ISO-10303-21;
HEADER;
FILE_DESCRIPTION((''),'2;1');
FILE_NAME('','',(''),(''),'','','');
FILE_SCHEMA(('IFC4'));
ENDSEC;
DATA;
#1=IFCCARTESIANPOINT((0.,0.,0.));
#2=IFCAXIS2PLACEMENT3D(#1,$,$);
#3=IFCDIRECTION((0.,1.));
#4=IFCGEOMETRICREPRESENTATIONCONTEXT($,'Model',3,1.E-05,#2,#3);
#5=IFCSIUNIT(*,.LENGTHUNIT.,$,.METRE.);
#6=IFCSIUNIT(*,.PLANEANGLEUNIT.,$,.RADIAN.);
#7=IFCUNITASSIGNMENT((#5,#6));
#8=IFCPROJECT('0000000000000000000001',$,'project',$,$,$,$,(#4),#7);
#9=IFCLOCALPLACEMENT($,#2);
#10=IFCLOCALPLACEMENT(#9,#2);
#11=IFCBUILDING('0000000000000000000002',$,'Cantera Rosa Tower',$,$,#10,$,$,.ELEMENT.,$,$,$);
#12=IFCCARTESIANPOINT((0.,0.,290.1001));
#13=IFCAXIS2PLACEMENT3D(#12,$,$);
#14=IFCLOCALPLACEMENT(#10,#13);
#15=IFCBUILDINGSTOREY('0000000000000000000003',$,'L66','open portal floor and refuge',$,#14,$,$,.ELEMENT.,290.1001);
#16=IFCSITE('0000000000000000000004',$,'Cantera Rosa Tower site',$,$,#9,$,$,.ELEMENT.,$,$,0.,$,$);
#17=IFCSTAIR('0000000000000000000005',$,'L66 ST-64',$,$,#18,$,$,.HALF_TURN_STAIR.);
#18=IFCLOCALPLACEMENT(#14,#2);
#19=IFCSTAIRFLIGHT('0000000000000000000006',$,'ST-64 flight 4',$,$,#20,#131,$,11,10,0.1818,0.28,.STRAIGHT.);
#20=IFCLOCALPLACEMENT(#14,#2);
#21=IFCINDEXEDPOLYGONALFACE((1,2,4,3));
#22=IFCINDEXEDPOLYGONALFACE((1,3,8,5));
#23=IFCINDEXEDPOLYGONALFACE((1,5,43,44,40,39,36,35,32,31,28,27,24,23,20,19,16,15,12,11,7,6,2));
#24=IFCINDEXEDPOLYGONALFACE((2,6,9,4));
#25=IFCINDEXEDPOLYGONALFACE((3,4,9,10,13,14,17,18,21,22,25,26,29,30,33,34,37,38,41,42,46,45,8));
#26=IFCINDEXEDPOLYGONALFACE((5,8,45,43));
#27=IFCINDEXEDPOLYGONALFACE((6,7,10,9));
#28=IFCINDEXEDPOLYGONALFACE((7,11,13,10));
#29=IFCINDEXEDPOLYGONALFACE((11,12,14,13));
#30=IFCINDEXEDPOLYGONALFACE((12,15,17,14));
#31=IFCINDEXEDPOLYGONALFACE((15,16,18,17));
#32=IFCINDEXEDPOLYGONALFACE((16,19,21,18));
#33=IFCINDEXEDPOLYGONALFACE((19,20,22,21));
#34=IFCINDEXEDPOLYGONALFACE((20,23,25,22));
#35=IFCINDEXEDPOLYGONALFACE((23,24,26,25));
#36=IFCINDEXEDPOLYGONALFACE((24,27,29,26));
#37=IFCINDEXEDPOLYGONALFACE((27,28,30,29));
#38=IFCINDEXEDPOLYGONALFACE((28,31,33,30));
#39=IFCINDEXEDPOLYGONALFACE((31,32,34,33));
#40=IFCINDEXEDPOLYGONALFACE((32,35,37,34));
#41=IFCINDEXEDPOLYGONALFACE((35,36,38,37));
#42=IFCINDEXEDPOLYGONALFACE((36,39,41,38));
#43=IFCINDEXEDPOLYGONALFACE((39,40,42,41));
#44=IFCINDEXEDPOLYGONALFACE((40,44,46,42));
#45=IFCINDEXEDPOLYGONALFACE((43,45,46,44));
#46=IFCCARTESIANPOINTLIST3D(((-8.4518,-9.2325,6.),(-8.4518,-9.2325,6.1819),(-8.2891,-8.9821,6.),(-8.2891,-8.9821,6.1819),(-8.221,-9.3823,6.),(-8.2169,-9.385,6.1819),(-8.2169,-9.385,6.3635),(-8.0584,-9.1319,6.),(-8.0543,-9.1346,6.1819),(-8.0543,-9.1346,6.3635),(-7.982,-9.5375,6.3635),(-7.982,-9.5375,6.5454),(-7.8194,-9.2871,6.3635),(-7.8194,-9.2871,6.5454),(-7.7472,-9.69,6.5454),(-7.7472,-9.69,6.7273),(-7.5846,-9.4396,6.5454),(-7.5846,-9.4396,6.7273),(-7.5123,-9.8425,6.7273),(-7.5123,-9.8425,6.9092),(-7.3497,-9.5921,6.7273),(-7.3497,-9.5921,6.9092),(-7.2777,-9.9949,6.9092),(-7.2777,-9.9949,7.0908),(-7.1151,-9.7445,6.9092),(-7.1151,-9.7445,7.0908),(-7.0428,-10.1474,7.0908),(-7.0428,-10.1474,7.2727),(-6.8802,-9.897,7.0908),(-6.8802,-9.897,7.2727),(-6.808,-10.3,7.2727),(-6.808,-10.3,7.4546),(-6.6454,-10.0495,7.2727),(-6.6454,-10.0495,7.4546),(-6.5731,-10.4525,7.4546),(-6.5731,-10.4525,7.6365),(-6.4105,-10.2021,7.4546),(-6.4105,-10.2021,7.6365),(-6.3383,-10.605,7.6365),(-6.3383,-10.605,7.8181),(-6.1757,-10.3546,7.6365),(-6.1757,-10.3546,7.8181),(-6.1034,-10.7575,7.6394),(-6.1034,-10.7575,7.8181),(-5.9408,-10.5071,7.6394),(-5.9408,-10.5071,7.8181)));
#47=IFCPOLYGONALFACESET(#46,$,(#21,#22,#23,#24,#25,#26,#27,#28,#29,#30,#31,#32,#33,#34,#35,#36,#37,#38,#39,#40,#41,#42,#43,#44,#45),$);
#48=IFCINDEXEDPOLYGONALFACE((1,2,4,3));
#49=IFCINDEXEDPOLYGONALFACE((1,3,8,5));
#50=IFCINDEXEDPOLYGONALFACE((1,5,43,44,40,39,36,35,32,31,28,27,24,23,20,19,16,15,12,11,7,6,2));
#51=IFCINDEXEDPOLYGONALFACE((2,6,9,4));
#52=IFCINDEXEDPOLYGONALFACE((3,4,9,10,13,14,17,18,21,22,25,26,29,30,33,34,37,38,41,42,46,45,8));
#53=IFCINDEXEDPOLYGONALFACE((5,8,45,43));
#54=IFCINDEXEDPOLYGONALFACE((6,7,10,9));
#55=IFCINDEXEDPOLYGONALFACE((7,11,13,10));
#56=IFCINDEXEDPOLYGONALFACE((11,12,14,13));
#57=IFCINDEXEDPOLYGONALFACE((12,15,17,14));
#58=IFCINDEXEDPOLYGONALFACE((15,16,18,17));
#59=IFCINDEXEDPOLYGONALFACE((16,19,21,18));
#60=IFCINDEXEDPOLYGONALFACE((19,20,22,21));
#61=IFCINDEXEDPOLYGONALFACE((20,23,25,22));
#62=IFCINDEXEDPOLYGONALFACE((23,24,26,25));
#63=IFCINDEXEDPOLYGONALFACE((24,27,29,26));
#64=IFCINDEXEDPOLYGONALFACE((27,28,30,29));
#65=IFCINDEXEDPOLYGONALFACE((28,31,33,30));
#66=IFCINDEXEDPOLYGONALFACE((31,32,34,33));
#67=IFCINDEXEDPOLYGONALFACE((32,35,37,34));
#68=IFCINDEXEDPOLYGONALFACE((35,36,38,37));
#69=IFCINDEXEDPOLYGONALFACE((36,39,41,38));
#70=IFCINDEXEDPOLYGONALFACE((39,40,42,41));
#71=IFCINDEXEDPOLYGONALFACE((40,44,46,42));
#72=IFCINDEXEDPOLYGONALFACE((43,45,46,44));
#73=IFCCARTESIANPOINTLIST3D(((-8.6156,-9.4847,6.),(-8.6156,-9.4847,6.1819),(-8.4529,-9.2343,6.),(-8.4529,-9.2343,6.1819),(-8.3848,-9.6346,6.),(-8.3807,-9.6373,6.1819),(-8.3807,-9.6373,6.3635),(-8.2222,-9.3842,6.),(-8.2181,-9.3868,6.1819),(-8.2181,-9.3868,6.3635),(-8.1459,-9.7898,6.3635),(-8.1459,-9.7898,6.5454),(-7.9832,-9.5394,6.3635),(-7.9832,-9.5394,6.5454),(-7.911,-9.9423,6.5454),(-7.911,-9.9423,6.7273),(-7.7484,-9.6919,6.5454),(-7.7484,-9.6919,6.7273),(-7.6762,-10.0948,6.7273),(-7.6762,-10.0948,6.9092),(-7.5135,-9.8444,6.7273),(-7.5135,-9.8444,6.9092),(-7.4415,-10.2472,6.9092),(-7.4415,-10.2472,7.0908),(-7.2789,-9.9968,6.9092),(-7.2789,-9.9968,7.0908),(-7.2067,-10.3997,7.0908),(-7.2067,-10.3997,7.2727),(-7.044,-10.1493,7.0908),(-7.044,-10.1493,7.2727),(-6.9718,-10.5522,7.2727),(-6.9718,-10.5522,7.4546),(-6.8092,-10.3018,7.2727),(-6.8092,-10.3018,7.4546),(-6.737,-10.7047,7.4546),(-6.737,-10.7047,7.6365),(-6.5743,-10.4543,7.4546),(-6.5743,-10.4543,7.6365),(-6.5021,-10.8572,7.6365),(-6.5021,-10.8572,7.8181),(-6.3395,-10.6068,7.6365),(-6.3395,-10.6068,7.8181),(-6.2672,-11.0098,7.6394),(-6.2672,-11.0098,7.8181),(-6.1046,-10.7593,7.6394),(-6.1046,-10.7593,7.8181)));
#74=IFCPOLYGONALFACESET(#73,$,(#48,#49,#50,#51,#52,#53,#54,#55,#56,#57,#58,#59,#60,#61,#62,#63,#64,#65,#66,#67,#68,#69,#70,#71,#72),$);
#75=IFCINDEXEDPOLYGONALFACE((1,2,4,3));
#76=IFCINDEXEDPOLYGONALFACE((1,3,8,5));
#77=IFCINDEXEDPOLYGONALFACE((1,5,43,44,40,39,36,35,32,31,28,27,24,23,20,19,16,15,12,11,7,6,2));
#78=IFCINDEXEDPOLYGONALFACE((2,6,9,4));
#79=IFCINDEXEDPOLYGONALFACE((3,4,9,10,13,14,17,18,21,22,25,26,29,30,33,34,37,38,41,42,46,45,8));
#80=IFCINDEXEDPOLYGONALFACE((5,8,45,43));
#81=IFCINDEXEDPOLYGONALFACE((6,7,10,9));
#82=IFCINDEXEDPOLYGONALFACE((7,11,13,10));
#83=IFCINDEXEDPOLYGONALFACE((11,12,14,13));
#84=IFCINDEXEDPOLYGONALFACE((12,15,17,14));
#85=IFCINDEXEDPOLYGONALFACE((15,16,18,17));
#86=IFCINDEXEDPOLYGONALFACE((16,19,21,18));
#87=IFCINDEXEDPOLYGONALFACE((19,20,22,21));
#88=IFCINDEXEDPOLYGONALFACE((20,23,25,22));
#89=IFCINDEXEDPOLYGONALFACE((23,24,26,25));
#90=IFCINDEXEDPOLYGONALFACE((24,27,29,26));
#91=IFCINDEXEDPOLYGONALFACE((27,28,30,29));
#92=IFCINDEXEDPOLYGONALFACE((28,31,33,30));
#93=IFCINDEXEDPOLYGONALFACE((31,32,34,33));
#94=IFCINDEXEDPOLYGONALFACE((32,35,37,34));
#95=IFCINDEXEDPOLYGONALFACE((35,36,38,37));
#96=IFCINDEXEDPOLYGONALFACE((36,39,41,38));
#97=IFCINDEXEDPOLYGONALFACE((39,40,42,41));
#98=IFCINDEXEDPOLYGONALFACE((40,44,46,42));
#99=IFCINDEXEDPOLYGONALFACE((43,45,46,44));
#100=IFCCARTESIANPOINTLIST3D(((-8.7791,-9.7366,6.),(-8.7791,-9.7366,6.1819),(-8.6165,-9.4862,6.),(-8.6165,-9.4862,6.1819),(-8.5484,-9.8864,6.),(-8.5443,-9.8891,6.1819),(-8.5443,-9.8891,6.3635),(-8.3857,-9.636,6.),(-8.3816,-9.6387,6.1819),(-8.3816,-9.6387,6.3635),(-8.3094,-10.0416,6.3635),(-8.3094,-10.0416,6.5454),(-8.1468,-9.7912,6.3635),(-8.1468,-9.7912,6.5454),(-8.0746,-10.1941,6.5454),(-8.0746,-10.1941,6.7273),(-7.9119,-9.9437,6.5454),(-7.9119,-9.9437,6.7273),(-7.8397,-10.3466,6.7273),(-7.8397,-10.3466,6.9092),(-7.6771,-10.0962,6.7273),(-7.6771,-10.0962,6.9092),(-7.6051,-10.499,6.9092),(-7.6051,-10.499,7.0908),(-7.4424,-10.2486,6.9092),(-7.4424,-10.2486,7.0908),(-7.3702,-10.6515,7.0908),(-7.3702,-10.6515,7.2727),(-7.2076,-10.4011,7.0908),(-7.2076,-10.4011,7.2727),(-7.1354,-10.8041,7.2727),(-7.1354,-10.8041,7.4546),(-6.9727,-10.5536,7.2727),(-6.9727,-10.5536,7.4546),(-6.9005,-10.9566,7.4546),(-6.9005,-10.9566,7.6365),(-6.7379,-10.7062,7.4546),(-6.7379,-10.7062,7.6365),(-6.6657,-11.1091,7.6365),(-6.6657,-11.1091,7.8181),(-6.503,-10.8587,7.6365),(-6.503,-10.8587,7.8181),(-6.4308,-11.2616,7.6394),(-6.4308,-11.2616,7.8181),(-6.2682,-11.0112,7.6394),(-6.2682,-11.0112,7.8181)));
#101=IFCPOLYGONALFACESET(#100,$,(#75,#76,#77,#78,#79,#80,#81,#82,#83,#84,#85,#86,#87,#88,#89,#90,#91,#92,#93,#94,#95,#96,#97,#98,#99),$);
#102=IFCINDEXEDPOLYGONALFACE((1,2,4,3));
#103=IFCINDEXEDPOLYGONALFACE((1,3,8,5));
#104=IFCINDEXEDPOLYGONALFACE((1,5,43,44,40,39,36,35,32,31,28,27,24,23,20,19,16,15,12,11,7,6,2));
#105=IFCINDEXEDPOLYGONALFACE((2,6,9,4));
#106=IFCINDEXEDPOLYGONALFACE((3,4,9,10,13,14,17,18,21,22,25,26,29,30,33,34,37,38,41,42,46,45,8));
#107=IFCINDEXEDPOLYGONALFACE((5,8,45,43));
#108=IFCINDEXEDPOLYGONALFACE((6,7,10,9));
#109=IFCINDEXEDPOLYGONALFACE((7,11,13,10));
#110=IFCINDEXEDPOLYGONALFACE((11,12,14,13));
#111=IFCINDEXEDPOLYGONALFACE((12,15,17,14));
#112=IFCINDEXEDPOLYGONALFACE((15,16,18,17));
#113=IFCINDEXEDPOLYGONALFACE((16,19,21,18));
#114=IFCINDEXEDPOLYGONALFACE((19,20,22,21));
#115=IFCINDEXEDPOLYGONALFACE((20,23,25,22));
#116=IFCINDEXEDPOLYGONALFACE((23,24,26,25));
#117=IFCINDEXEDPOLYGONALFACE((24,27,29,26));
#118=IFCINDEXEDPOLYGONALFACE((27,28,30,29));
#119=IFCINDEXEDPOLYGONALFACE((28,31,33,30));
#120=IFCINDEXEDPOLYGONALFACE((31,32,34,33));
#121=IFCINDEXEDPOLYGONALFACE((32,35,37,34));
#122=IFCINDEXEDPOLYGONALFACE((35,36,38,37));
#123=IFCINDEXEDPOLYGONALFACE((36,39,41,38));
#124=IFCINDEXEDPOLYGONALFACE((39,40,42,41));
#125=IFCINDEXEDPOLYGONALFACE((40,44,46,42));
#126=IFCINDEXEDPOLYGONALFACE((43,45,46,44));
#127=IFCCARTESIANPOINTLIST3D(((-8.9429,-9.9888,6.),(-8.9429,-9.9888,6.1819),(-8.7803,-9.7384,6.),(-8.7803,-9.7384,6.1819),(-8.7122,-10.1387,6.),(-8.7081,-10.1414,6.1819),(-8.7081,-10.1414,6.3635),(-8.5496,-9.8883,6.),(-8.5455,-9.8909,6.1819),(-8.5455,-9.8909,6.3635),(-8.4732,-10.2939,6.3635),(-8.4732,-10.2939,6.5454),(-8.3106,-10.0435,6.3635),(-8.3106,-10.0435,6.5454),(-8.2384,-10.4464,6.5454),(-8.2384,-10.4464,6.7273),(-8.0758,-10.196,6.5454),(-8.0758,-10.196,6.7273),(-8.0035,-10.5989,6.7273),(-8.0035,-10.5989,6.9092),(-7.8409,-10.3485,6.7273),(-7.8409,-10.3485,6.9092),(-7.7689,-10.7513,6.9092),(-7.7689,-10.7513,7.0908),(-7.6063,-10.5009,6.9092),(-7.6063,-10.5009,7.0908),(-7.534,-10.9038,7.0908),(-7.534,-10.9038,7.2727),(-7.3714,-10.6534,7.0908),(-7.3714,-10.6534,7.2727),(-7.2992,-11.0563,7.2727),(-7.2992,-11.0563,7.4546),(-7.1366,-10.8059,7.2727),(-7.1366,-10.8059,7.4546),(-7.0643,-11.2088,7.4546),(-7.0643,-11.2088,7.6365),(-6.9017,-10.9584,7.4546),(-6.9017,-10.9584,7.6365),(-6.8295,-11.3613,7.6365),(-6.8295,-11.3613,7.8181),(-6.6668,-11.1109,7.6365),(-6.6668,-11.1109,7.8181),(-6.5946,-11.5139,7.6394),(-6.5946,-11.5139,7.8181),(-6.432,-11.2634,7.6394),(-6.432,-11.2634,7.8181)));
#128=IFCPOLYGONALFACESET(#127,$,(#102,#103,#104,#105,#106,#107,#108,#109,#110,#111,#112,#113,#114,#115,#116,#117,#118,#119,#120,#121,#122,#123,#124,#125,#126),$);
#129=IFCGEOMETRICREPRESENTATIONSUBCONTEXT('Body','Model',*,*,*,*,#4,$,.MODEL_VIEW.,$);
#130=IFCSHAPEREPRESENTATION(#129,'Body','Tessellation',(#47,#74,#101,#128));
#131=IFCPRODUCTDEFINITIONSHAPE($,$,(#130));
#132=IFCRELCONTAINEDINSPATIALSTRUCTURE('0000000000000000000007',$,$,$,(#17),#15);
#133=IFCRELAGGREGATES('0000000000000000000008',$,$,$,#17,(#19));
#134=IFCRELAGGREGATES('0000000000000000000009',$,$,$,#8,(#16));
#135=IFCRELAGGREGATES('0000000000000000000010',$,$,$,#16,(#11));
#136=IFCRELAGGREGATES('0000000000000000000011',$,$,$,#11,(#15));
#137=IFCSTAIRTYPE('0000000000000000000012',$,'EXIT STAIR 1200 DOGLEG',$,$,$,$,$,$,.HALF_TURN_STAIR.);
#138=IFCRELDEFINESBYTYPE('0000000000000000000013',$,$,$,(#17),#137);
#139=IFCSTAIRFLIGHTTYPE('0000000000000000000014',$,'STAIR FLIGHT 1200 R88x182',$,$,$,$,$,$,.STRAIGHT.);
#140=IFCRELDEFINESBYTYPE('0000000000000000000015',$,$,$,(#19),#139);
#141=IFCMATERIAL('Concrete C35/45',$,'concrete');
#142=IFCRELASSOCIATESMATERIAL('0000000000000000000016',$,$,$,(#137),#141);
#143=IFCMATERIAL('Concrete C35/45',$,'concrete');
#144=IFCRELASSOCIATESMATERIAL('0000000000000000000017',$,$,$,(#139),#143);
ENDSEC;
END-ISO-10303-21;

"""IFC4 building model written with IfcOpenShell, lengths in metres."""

from ifc_helpers import new_model, si_unit, direction, frame, origin, place, context, subcontext, project, spatial, polyline, outline, extrude, material, type_object, element, aggregate, save


model = new_model("IFC4")

# Units and contexts
model_context = context("Model", 3, precision=1e-05, world=origin(), true_north=direction((0.0, 1.0)))
body_context = subcontext(model_context, "Body", "Model", "MODEL_VIEW")
ifc_project = project(units=[si_unit("LENGTHUNIT", "METRE"), si_unit("PLANEANGLEUNIT", "RADIAN")], contexts=[model_context])

# Site, building, storey
site_placement = place(None, origin())
site = spatial("IfcSite", under=ifc_project, at=site_placement, Name="Cantera Rosa Tower site", CompositionType="ELEMENT", RefElevation=0.0)
building_placement = place(site_placement, origin())
building = spatial("IfcBuilding", under=site, at=building_placement, Name="Cantera Rosa Tower", CompositionType="ELEMENT")
storey_placement = place(building_placement, frame((0.0, 0.0, 290.1001)))
storey = spatial("IfcBuildingStorey", under=building, at=storey_placement, Name="L66", Description="open portal floor and refuge", CompositionType="ELEMENT", Elevation=290.1001)

# Stair, stair flight
ifc_material_1 = material(Name="Concrete C35/45", Category="concrete")
stair_type = type_object("IfcStairType", Name="EXIT STAIR 1200 DOGLEG", PredefinedType="HALF_TURN_STAIR", material=ifc_material_1)
stair_placement = place(storey_placement, origin())
stair = element("IfcStair", 1, at=stair_placement, inside=storey, type_object=stair_type, Name="L66 ST-64", PredefinedType="HALF_TURN_STAIR")
ifc_material_2 = material(Name="Concrete C35/45", Category="concrete")
stair_flight_type = type_object("IfcStairFlightType", Name="STAIR FLIGHT 1200 R88x182", PredefinedType="STRAIGHT", material=ifc_material_2)
stair_flight_1_placement = place(storey_placement, frame((-8.616, -9.4854, 6.0), z_axis=(0.0, 0.0, 1.0), x_axis=(0.838671, -0.544639, 0.0)))
stair_flight_1 = element("IfcStairFlight", 2, at=stair_flight_1_placement, type_object=stair_flight_type, Name="ST-64 flight 4", NumberOfRisers=11, NumberOfTreads=10, PredefinedType="STRAIGHT", RiserHeight=0.1818, TreadLength=0.28, context=body_context, shape_type="SweptSolid", body=[
    extrude(outline(polyline([(0.0, 0.0), (0.0, 0.1819), (0.28, 0.1819), (0.28, 0.3635), (0.5601, 0.3635), (0.5601, 0.5454), (0.8401, 0.5454), (0.8401, 0.7273), (1.1201, 0.7273), (1.1201, 0.9092), (1.3999, 0.9092), (1.3999, 1.0908), (1.6799, 1.0908), (1.6799, 1.2727), (1.96, 1.2727), (1.96, 1.4546), (2.24, 1.4546), (2.24, 1.6365), (2.52, 1.6365), (2.52, 1.8181), (2.8, 1.8181), (2.8, 2.0), (2.8, 1.6394), (0.2751, 0.0), (0.0, 0.0)])), frame((0.0, 0.6001, 0.0), z_axis=(0.0, -1.0, 0.0), x_axis=(1.0, 0.0, 0.0)), (0.0, 0.0, 1.0), 0.2986),
    extrude(outline(polyline([(0.0, 0.0), (0.0, 0.1819), (0.28, 0.1819), (0.28, 0.3635), (0.5601, 0.3635), (0.5601, 0.5454), (0.8401, 0.5454), (0.8401, 0.7273), (1.1201, 0.7273), (1.1201, 0.9092), (1.3999, 0.9092), (1.3999, 1.0908), (1.6799, 1.0908), (1.6799, 1.2727), (1.96, 1.2727), (1.96, 1.4546), (2.24, 1.4546), (2.24, 1.6365), (2.52, 1.6365), (2.52, 1.8181), (2.8, 1.8181), (2.8, 2.0), (2.8, 1.6394), (0.2751, 0.0), (0.0, 0.0)])), frame((0.0, 0.2993, 0.0), z_axis=(0.0, -1.0, 0.0), x_axis=(1.0, 0.0, 0.0)), (0.0, 0.0, 1.0), 0.2986),
    extrude(outline(polyline([(0.0, 0.0), (0.0, 0.1819), (0.28, 0.1819), (0.28, 0.3635), (0.5601, 0.3635), (0.5601, 0.5454), (0.8401, 0.5454), (0.8401, 0.7273), (1.1201, 0.7273), (1.1201, 0.9092), (1.3999, 0.9092), (1.3999, 1.0908), (1.6799, 1.0908), (1.6799, 1.2727), (1.96, 1.2727), (1.96, 1.4546), (2.24, 1.4546), (2.24, 1.6365), (2.52, 1.6365), (2.52, 1.8181), (2.8, 1.8181), (2.8, 2.0), (2.8, 1.6394), (0.2751, 0.0), (0.0, 0.0)])), frame((0.0, -0.001, 0.0), z_axis=(0.0, -1.0, 0.0), x_axis=(1.0, 0.0, 0.0)), (0.0, 0.0, 1.0), 0.2986),
    extrude(outline(polyline([(0.0, 0.0), (0.0, 0.1819), (0.28, 0.1819), (0.28, 0.3635), (0.5601, 0.3635), (0.5601, 0.5454), (0.8401, 0.5454), (0.8401, 0.7273), (1.1201, 0.7273), (1.1201, 0.9092), (1.3999, 0.9092), (1.3999, 1.0908), (1.6799, 1.0908), (1.6799, 1.2727), (1.96, 1.2727), (1.96, 1.4546), (2.24, 1.4546), (2.24, 1.6365), (2.52, 1.6365), (2.52, 1.8181), (2.8, 1.8181), (2.8, 2.0), (2.8, 1.6394), (0.2751, 0.0), (0.0, 0.0)])), frame((0.0, -0.3018, 0.0), z_axis=(0.0, -1.0, 0.0), x_axis=(1.0, 0.0, 0.0)), (0.0, 0.0, 1.0), 0.2986),
])
aggregate(stair, [stair_flight_1])

save(model, "model.ifc")
